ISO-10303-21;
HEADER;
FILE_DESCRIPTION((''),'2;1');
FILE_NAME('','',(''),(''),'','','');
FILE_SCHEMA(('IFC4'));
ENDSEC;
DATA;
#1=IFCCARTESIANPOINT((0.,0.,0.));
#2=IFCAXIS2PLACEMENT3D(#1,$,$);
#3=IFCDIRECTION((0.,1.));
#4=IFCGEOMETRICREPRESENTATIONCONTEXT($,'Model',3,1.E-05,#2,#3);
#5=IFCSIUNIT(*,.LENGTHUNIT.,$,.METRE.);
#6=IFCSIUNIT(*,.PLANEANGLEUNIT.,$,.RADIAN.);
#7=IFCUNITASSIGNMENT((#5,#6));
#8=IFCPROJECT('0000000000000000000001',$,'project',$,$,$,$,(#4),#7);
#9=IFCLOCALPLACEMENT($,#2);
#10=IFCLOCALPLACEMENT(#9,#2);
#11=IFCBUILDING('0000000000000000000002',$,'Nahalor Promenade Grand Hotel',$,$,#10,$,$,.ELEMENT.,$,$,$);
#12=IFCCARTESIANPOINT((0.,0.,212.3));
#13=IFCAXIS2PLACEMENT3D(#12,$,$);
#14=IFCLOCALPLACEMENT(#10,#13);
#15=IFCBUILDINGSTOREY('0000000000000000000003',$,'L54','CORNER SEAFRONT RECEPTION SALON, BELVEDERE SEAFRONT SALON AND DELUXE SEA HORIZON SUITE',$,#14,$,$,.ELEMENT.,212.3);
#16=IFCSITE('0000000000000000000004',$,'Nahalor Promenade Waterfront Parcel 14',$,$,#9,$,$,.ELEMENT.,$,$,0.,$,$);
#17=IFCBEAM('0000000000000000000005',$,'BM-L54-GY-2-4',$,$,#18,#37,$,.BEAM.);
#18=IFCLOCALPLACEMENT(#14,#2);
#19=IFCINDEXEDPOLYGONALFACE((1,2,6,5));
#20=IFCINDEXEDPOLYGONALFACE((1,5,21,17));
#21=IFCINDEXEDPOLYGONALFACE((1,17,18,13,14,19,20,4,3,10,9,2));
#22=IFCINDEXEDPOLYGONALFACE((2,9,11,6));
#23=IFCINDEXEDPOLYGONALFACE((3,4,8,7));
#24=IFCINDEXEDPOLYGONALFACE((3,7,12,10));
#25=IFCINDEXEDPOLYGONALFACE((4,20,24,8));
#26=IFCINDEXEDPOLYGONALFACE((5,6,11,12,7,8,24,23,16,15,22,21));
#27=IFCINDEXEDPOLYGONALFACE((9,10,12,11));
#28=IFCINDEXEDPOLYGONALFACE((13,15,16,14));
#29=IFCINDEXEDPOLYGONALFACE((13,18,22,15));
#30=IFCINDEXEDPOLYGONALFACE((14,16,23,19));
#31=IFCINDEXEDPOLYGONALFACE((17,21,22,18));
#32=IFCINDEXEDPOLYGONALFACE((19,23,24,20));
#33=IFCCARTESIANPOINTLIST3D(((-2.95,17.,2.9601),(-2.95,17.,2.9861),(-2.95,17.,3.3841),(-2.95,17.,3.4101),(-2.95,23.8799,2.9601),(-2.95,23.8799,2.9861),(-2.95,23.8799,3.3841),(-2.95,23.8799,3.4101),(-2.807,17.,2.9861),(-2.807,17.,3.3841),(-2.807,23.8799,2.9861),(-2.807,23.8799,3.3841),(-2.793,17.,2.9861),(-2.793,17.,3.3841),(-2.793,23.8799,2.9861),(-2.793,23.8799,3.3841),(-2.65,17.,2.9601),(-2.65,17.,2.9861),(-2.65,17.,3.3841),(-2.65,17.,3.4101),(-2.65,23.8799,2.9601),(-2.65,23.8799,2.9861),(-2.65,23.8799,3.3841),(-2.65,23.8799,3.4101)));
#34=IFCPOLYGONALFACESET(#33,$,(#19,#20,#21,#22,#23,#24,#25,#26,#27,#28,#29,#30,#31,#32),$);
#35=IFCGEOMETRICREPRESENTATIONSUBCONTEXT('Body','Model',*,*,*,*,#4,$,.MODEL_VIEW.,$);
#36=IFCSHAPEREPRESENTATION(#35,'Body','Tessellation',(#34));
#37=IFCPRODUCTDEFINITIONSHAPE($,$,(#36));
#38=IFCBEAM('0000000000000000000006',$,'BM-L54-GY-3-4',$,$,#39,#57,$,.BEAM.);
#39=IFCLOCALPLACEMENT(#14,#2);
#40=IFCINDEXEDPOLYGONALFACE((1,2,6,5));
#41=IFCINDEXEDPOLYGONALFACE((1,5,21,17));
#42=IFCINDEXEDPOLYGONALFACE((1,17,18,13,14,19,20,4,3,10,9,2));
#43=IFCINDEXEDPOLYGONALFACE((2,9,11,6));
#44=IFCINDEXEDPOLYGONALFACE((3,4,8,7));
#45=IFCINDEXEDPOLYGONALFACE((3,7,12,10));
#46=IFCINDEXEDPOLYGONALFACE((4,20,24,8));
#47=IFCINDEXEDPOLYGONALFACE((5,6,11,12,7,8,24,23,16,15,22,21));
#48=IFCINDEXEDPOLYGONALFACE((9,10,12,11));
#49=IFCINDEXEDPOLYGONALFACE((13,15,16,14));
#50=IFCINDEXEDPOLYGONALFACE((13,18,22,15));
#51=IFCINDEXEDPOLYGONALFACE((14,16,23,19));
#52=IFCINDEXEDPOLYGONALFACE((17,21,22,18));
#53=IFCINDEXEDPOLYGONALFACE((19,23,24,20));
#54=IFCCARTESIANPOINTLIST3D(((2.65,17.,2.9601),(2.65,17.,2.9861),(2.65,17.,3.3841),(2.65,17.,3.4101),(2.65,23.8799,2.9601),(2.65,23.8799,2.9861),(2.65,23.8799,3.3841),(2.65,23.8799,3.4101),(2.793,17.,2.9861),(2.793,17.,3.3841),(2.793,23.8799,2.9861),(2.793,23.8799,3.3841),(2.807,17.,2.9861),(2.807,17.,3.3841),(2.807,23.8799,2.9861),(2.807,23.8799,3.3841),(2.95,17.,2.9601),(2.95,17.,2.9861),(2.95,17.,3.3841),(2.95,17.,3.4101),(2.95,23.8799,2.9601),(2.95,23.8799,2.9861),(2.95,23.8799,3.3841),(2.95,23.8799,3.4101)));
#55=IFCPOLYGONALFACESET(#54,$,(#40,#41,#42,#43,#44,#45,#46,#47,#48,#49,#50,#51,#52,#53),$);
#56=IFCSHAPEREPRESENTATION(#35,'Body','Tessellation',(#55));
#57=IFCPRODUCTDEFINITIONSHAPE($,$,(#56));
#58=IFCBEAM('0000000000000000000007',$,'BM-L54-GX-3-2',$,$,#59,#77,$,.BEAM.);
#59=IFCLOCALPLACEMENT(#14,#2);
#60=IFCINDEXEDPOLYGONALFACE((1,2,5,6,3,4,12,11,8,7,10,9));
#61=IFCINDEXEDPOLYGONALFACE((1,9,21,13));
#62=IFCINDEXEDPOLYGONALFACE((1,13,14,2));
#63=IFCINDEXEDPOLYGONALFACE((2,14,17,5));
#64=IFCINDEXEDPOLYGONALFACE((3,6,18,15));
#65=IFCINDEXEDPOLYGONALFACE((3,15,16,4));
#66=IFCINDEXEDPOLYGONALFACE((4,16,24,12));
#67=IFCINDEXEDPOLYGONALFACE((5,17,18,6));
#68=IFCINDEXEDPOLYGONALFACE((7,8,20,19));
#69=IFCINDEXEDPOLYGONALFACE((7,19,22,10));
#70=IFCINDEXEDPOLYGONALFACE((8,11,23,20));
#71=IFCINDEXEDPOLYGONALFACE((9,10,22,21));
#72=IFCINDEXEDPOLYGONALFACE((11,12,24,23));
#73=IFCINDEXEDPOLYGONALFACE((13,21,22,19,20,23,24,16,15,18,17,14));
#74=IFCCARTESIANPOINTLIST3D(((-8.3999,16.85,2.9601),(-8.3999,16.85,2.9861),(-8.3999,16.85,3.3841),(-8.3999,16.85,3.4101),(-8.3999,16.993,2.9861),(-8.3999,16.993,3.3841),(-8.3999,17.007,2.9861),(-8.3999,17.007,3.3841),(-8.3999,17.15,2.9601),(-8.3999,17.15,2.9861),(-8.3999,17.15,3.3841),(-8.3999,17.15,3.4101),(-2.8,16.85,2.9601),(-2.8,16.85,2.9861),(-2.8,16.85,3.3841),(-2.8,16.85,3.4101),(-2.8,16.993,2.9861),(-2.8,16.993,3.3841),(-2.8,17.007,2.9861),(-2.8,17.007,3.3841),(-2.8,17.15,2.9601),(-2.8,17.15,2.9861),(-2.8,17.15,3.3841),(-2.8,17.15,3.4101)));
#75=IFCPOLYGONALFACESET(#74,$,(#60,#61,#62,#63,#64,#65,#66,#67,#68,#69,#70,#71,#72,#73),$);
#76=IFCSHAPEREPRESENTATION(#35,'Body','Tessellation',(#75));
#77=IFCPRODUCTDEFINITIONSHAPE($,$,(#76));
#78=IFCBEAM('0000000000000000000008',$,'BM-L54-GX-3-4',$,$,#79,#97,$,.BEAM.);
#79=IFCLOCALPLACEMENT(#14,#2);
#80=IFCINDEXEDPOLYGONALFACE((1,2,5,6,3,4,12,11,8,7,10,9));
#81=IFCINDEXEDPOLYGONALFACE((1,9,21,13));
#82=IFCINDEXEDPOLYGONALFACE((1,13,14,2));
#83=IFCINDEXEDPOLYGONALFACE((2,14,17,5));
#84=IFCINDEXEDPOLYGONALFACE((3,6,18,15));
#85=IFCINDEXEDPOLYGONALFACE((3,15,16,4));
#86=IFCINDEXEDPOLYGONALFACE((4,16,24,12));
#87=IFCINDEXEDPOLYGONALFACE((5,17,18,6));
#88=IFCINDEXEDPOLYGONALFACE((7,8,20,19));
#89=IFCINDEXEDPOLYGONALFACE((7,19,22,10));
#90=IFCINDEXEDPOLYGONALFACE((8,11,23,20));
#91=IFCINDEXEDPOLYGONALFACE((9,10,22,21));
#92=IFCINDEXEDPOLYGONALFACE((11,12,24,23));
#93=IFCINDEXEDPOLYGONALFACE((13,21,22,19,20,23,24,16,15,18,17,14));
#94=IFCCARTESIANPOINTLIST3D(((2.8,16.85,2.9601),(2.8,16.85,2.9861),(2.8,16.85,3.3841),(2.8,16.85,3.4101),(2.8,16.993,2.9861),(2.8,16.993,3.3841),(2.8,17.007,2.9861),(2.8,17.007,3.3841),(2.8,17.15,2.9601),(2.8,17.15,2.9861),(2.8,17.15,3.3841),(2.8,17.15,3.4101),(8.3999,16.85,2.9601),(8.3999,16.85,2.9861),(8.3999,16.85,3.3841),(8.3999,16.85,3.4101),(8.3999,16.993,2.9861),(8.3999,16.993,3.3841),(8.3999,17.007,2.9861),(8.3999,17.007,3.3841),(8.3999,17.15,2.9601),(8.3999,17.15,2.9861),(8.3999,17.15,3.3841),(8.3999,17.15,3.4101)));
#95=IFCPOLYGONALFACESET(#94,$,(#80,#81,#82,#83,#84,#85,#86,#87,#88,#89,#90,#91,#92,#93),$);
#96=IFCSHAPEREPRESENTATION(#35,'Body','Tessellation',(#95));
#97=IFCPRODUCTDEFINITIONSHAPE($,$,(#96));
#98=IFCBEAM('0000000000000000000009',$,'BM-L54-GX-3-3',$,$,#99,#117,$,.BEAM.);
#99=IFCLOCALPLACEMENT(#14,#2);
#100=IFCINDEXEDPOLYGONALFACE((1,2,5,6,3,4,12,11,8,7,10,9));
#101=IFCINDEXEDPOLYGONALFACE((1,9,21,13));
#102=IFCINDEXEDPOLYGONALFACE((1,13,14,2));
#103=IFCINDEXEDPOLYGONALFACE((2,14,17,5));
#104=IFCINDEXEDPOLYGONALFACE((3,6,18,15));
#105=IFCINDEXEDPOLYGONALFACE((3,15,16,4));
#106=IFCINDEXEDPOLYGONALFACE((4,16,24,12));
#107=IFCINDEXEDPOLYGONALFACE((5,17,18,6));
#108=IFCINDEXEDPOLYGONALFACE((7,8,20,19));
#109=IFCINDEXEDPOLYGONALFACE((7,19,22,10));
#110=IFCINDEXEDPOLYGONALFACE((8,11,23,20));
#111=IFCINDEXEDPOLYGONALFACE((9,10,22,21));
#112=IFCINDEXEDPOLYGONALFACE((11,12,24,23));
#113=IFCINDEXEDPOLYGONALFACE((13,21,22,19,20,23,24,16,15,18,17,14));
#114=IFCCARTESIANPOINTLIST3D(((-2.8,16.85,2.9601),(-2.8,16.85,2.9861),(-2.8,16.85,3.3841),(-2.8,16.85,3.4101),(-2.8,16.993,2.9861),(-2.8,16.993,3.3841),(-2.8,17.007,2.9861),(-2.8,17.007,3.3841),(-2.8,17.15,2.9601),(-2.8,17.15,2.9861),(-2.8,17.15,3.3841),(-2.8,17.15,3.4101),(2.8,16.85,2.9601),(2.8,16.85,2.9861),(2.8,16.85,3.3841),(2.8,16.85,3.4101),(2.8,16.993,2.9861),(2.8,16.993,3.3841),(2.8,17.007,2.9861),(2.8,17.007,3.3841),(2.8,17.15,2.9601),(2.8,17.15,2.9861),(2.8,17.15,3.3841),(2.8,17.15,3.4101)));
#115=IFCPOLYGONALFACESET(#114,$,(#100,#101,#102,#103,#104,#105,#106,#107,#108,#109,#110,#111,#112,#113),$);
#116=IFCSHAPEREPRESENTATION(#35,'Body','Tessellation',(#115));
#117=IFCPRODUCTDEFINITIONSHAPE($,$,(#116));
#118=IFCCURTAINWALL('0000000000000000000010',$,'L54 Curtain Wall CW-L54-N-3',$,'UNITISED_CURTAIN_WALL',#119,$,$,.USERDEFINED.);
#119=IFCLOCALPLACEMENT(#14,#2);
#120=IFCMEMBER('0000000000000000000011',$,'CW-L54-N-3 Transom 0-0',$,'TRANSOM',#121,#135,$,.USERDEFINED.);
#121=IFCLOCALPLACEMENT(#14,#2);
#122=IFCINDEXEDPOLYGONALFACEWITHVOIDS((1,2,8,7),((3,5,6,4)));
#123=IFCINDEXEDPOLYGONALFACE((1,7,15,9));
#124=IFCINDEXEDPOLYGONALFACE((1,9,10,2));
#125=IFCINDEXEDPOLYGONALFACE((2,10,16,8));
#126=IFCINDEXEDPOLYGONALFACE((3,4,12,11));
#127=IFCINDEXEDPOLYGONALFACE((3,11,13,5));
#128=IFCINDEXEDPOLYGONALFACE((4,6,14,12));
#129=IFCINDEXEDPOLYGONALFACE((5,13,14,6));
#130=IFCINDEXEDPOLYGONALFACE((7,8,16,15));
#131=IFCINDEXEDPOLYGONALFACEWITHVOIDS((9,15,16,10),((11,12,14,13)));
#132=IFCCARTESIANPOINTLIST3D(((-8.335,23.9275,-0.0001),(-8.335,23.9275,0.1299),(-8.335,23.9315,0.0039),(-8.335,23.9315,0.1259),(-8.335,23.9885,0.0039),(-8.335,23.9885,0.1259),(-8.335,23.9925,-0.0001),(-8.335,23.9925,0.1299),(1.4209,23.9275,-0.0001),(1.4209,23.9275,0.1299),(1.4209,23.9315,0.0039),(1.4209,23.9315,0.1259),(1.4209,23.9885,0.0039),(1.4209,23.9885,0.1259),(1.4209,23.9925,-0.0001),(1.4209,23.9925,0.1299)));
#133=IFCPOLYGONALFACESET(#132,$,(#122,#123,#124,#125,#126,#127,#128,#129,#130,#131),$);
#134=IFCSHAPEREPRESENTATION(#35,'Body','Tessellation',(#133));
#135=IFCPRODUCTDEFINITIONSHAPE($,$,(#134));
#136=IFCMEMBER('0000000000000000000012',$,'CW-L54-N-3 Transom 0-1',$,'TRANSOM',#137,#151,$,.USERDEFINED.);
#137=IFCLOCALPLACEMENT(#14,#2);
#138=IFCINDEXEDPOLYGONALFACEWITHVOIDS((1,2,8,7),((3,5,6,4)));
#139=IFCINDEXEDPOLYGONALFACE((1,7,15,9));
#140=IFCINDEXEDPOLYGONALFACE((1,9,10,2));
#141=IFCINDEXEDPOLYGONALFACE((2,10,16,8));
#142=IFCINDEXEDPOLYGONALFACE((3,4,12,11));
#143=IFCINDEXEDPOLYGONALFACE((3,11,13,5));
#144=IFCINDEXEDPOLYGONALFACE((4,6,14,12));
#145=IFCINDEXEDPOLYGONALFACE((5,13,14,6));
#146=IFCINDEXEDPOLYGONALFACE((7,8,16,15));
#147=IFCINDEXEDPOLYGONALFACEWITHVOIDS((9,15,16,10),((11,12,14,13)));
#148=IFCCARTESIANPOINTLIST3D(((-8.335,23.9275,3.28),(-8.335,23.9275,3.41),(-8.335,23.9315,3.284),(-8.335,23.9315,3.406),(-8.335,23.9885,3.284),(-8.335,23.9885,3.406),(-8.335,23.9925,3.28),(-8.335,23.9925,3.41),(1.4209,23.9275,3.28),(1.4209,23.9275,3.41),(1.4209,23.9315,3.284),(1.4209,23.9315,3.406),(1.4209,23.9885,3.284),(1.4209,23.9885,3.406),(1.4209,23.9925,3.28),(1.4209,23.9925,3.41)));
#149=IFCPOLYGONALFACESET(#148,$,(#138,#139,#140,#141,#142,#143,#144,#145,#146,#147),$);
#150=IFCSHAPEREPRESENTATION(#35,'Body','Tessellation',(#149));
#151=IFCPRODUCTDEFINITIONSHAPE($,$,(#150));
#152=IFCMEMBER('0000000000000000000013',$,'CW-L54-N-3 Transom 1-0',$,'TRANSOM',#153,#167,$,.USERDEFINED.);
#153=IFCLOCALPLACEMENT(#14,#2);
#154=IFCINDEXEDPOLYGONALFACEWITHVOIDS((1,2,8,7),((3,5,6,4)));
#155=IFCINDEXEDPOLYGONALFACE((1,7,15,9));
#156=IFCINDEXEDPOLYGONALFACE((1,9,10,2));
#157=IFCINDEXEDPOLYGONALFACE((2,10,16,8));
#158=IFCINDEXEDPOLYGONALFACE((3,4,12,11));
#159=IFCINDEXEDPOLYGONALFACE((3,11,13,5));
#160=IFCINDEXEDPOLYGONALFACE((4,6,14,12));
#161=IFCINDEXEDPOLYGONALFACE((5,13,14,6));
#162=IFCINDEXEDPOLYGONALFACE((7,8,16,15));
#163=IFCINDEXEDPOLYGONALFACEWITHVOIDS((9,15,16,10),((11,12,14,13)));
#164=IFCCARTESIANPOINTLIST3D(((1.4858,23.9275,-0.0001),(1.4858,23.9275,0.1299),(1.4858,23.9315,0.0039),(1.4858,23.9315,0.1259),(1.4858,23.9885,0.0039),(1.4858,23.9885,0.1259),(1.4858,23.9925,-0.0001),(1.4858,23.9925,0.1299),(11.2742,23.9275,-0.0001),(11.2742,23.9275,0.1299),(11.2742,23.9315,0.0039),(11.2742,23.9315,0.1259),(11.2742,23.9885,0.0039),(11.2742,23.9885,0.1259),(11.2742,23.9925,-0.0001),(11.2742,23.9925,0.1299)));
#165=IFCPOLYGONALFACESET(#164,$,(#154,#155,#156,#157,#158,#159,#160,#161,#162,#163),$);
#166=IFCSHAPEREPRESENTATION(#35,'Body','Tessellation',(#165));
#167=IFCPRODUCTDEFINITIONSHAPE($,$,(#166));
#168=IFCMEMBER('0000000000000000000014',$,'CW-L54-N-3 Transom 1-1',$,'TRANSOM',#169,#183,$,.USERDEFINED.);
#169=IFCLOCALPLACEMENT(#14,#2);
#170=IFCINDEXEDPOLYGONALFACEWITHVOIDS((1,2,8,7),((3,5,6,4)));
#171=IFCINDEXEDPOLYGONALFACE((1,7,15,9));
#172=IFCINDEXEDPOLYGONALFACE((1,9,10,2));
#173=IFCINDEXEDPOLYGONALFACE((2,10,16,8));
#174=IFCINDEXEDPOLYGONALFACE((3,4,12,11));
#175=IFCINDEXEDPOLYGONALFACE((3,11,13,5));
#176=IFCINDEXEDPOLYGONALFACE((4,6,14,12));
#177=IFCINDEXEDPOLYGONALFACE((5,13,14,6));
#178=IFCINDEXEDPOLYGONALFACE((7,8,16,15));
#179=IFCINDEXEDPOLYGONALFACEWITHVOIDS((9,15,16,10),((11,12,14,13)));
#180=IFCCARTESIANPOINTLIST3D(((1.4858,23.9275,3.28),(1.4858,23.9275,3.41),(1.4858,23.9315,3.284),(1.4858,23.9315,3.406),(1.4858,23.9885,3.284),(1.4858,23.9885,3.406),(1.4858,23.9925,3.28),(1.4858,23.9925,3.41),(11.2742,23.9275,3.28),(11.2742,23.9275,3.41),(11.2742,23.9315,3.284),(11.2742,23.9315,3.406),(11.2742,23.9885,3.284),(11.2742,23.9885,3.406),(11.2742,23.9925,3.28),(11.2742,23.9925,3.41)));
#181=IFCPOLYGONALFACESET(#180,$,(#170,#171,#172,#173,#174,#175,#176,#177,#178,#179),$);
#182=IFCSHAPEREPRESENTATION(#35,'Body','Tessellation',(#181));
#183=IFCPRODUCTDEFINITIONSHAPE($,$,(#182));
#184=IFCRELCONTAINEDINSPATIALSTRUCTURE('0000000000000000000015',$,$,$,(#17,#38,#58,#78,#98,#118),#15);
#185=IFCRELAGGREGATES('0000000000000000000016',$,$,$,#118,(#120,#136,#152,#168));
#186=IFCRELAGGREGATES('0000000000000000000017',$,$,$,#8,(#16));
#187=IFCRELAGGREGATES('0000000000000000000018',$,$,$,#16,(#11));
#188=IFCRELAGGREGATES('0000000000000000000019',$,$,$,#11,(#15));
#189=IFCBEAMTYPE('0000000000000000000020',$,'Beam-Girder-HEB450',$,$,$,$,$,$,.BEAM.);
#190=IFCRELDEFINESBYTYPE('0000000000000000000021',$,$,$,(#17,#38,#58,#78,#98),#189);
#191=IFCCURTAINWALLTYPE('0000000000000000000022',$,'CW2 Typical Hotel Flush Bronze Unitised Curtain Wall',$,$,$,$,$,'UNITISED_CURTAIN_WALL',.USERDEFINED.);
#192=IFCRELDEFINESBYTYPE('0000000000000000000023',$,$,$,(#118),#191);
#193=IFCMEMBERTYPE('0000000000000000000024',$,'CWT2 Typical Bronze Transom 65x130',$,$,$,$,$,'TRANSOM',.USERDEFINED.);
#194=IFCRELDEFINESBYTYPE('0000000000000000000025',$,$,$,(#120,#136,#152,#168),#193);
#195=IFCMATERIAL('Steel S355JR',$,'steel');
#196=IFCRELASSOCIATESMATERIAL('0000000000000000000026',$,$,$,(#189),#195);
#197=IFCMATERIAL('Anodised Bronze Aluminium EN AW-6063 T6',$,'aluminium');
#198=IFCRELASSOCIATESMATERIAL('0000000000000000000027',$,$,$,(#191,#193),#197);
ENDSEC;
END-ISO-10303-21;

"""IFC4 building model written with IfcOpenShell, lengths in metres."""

from ifc_helpers import new_model, si_unit, direction, frame, origin, origin_2d, place, context, subcontext, project, spatial, hollow_rectangle, i_section, extrude, source, transform, mapped, material, material_profile, profile_set, type_object, element, aggregate, save


model = new_model("IFC4")

# Units and contexts
model_context = context("Model", 3, precision=1e-05, world=origin(), true_north=direction((0.0, 1.0)))
body_context = subcontext(model_context, "Body", "Model", "MODEL_VIEW")
ifc_project = project(units=[si_unit("LENGTHUNIT", "METRE"), si_unit("PLANEANGLEUNIT", "RADIAN")], contexts=[model_context])

# Site, building, storey
site_placement = place(None, origin())
site = spatial("IfcSite", under=ifc_project, at=site_placement, Name="Nahalor Promenade Waterfront Parcel 14", CompositionType="ELEMENT", RefElevation=0.0)
building_placement = place(site_placement, origin())
building = spatial("IfcBuilding", under=site, at=building_placement, Name="Nahalor Promenade Grand Hotel", CompositionType="ELEMENT")
storey_placement = place(building_placement, frame((0.0, 0.0, 212.3)))
storey = spatial("IfcBuildingStorey", under=building, at=storey_placement, Name="L54", Description="CORNER SEAFRONT RECEPTION SALON, BELVEDERE SEAFRONT SALON AND DELUXE SEA HORIZON SUITE", CompositionType="ELEMENT", Elevation=212.3)

# Shared definitions
ifc_material_1 = material(Name="Steel S355JR", Category="steel")

# Beams
ifc_material_profile_1 = material_profile(ifc_material_1, i_section(OverallWidth=0.3, OverallDepth=0.45, WebThickness=0.014, FlangeThickness=0.026, at=origin_2d()), Name="HEB 450")
ifc_profile_set_1 = profile_set([ifc_material_profile_1], Name="Steel S355JR")
beam_type_1 = type_object("IfcBeamType", Name="Beam-Girder-HEB450", PredefinedType="BEAM", material=ifc_profile_set_1)
shared_shape_1 = source(origin(), body_context, "Body", "SweptSolid", [
    extrude(i_section(OverallWidth=0.3, OverallDepth=0.45, WebThickness=0.014, FlangeThickness=0.026, at=origin_2d()), origin(), (0.0, 0.0, 1.0), 6.8799),
])
for number, where, z_axis, x_axis, name in (
    (1, (-2.8, 17.0, 3.1851), (0.0, 1.0, 0.0), (-1.0, 0.0, 0.0), "BM-L54-GY-2-4"),
    (2, (2.8, 17.0, 3.1851), (0.0, 1.0, 0.0), (-1.0, 0.0, 0.0), "BM-L54-GY-3-4"),
):
    element("IfcBeam", number, at=place(storey_placement, frame(where, z_axis=z_axis, x_axis=x_axis)), inside=storey, type_object=beam_type_1, Name=name, PredefinedType="BEAM", context=body_context, shape_type="MappedRepresentation", body=[
        mapped(shared_shape_1, transform((0.0, 0.0, 0.0), scale=1.0)),
    ])
shared_shape_2 = source(origin(), body_context, "Body", "SweptSolid", [
    extrude(i_section(OverallWidth=0.3, OverallDepth=0.45, WebThickness=0.014, FlangeThickness=0.026, at=origin_2d()), origin(), (0.0, 0.0, 1.0), 5.5999),
])
for number, where, z_axis, x_axis, name in (
    (3, (-8.3999, 17.0, 3.1851), (1.0, 0.0, 0.0), (0.0, 1.0, 0.0), "BM-L54-GX-3-2"),
    (4, (2.8, 17.0, 3.1851), (1.0, 0.0, 0.0), (0.0, 1.0, 0.0), "BM-L54-GX-3-4"),
):
    element("IfcBeam", number, at=place(storey_placement, frame(where, z_axis=z_axis, x_axis=x_axis)), inside=storey, type_object=beam_type_1, Name=name, PredefinedType="BEAM", context=body_context, shape_type="MappedRepresentation", body=[
        mapped(shared_shape_2, transform((0.0, 0.0, 0.0), scale=1.0)),
    ])
shared_shape_3 = source(origin(), body_context, "Body", "SweptSolid", [
    extrude(i_section(OverallWidth=0.3, OverallDepth=0.45, WebThickness=0.014, FlangeThickness=0.026, at=origin_2d()), origin(), (0.0, 0.0, 1.0), 5.6001),
])
beam_1_placement = place(storey_placement, frame((-2.8, 17.0, 3.1851), z_axis=(1.0, 0.0, 0.0), x_axis=(0.0, 1.0, 0.0)))
element("IfcBeam", 5, at=beam_1_placement, inside=storey, type_object=beam_type_1, Name="BM-L54-GX-3-3", PredefinedType="BEAM", context=body_context, shape_type="MappedRepresentation", body=[
    mapped(shared_shape_3, transform((0.0, 0.0, 0.0), scale=1.0)),
])

# Curtain wall, members
ifc_material_2 = material(Name="Anodised Bronze Aluminium EN AW-6063 T6", Category="aluminium")
curtain_wall_type = type_object("IfcCurtainWallType", Name="CW2 Typical Hotel Flush Bronze Unitised Curtain Wall", ElementType="UNITISED_CURTAIN_WALL", PredefinedType="USERDEFINED", material=ifc_material_2)
curtain_wall_placement = place(storey_placement, origin())
curtain_wall = element("IfcCurtainWall", 6, at=curtain_wall_placement, inside=storey, type_object=curtain_wall_type, Name="L54 Curtain Wall CW-L54-N-3", ObjectType="UNITISED_CURTAIN_WALL", PredefinedType="USERDEFINED")
ifc_material_profile_2 = material_profile(ifc_material_2, hollow_rectangle(XDim=0.065, YDim=0.13, WallThickness=0.004, at=origin_2d()), Name="CWT 65x130x4")
ifc_profile_set_2 = profile_set([ifc_material_profile_2], Name="Anodised Bronze Aluminium EN AW-6063 T6")
member_type_1 = type_object("IfcMemberType", Name="CWT2 Typical Bronze Transom 65x130", ElementType="TRANSOM", PredefinedType="USERDEFINED", material=ifc_profile_set_2)
shared_shape_4 = source(origin(), body_context, "Body", "SweptSolid", [
    extrude(hollow_rectangle(XDim=0.065, YDim=0.13, WallThickness=0.004, at=origin_2d()), origin(), (0.0, 0.0, 1.0), 9.7559),
])
member_1_placement = place(storey_placement, frame((-8.335, 23.96, 0.0649), z_axis=(1.0, 0.0, 0.0), x_axis=(0.0, 1.0, 0.0)))
member_1 = element("IfcMember", 7, at=member_1_placement, type_object=member_type_1, Name="CW-L54-N-3 Transom 0-0", ObjectType="TRANSOM", PredefinedType="USERDEFINED", context=body_context, shape_type="MappedRepresentation", body=[
    mapped(shared_shape_4, transform((0.0, 0.0, 0.0), scale=1.0)),
])
member_2_placement = place(storey_placement, frame((-8.335, 23.96, 3.345), z_axis=(1.0, 0.0, 0.0), x_axis=(0.0, 1.0, 0.0)))
member_2 = element("IfcMember", 8, at=member_2_placement, type_object=member_type_1, Name="CW-L54-N-3 Transom 0-1", ObjectType="TRANSOM", PredefinedType="USERDEFINED", context=body_context, shape_type="MappedRepresentation", body=[
    mapped(shared_shape_4, transform((0.0, 0.0, 0.0), scale=1.0)),
])
shared_shape_5 = source(origin(), body_context, "Body", "SweptSolid", [
    extrude(hollow_rectangle(XDim=0.065, YDim=0.13, WallThickness=0.004, at=origin_2d()), origin(), (0.0, 0.0, 1.0), 9.7883),
])
member_3_placement = place(storey_placement, frame((1.4858, 23.96, 0.0649), z_axis=(1.0, 0.0, 0.0), x_axis=(0.0, 1.0, 0.0)))
member_3 = element("IfcMember", 9, at=member_3_placement, type_object=member_type_1, Name="CW-L54-N-3 Transom 1-0", ObjectType="TRANSOM", PredefinedType="USERDEFINED", context=body_context, shape_type="MappedRepresentation", body=[
    mapped(shared_shape_5, transform((0.0, 0.0, 0.0), scale=1.0)),
])
member_4_placement = place(storey_placement, frame((1.4858, 23.96, 3.345), z_axis=(1.0, 0.0, 0.0), x_axis=(0.0, 1.0, 0.0)))
member_4 = element("IfcMember", 10, at=member_4_placement, type_object=member_type_1, Name="CW-L54-N-3 Transom 1-1", ObjectType="TRANSOM", PredefinedType="USERDEFINED", context=body_context, shape_type="MappedRepresentation", body=[
    mapped(shared_shape_5, transform((0.0, 0.0, 0.0), scale=1.0)),
])
aggregate(curtain_wall, [member_1, member_2, member_3, member_4])

save(model, "model.ifc")
